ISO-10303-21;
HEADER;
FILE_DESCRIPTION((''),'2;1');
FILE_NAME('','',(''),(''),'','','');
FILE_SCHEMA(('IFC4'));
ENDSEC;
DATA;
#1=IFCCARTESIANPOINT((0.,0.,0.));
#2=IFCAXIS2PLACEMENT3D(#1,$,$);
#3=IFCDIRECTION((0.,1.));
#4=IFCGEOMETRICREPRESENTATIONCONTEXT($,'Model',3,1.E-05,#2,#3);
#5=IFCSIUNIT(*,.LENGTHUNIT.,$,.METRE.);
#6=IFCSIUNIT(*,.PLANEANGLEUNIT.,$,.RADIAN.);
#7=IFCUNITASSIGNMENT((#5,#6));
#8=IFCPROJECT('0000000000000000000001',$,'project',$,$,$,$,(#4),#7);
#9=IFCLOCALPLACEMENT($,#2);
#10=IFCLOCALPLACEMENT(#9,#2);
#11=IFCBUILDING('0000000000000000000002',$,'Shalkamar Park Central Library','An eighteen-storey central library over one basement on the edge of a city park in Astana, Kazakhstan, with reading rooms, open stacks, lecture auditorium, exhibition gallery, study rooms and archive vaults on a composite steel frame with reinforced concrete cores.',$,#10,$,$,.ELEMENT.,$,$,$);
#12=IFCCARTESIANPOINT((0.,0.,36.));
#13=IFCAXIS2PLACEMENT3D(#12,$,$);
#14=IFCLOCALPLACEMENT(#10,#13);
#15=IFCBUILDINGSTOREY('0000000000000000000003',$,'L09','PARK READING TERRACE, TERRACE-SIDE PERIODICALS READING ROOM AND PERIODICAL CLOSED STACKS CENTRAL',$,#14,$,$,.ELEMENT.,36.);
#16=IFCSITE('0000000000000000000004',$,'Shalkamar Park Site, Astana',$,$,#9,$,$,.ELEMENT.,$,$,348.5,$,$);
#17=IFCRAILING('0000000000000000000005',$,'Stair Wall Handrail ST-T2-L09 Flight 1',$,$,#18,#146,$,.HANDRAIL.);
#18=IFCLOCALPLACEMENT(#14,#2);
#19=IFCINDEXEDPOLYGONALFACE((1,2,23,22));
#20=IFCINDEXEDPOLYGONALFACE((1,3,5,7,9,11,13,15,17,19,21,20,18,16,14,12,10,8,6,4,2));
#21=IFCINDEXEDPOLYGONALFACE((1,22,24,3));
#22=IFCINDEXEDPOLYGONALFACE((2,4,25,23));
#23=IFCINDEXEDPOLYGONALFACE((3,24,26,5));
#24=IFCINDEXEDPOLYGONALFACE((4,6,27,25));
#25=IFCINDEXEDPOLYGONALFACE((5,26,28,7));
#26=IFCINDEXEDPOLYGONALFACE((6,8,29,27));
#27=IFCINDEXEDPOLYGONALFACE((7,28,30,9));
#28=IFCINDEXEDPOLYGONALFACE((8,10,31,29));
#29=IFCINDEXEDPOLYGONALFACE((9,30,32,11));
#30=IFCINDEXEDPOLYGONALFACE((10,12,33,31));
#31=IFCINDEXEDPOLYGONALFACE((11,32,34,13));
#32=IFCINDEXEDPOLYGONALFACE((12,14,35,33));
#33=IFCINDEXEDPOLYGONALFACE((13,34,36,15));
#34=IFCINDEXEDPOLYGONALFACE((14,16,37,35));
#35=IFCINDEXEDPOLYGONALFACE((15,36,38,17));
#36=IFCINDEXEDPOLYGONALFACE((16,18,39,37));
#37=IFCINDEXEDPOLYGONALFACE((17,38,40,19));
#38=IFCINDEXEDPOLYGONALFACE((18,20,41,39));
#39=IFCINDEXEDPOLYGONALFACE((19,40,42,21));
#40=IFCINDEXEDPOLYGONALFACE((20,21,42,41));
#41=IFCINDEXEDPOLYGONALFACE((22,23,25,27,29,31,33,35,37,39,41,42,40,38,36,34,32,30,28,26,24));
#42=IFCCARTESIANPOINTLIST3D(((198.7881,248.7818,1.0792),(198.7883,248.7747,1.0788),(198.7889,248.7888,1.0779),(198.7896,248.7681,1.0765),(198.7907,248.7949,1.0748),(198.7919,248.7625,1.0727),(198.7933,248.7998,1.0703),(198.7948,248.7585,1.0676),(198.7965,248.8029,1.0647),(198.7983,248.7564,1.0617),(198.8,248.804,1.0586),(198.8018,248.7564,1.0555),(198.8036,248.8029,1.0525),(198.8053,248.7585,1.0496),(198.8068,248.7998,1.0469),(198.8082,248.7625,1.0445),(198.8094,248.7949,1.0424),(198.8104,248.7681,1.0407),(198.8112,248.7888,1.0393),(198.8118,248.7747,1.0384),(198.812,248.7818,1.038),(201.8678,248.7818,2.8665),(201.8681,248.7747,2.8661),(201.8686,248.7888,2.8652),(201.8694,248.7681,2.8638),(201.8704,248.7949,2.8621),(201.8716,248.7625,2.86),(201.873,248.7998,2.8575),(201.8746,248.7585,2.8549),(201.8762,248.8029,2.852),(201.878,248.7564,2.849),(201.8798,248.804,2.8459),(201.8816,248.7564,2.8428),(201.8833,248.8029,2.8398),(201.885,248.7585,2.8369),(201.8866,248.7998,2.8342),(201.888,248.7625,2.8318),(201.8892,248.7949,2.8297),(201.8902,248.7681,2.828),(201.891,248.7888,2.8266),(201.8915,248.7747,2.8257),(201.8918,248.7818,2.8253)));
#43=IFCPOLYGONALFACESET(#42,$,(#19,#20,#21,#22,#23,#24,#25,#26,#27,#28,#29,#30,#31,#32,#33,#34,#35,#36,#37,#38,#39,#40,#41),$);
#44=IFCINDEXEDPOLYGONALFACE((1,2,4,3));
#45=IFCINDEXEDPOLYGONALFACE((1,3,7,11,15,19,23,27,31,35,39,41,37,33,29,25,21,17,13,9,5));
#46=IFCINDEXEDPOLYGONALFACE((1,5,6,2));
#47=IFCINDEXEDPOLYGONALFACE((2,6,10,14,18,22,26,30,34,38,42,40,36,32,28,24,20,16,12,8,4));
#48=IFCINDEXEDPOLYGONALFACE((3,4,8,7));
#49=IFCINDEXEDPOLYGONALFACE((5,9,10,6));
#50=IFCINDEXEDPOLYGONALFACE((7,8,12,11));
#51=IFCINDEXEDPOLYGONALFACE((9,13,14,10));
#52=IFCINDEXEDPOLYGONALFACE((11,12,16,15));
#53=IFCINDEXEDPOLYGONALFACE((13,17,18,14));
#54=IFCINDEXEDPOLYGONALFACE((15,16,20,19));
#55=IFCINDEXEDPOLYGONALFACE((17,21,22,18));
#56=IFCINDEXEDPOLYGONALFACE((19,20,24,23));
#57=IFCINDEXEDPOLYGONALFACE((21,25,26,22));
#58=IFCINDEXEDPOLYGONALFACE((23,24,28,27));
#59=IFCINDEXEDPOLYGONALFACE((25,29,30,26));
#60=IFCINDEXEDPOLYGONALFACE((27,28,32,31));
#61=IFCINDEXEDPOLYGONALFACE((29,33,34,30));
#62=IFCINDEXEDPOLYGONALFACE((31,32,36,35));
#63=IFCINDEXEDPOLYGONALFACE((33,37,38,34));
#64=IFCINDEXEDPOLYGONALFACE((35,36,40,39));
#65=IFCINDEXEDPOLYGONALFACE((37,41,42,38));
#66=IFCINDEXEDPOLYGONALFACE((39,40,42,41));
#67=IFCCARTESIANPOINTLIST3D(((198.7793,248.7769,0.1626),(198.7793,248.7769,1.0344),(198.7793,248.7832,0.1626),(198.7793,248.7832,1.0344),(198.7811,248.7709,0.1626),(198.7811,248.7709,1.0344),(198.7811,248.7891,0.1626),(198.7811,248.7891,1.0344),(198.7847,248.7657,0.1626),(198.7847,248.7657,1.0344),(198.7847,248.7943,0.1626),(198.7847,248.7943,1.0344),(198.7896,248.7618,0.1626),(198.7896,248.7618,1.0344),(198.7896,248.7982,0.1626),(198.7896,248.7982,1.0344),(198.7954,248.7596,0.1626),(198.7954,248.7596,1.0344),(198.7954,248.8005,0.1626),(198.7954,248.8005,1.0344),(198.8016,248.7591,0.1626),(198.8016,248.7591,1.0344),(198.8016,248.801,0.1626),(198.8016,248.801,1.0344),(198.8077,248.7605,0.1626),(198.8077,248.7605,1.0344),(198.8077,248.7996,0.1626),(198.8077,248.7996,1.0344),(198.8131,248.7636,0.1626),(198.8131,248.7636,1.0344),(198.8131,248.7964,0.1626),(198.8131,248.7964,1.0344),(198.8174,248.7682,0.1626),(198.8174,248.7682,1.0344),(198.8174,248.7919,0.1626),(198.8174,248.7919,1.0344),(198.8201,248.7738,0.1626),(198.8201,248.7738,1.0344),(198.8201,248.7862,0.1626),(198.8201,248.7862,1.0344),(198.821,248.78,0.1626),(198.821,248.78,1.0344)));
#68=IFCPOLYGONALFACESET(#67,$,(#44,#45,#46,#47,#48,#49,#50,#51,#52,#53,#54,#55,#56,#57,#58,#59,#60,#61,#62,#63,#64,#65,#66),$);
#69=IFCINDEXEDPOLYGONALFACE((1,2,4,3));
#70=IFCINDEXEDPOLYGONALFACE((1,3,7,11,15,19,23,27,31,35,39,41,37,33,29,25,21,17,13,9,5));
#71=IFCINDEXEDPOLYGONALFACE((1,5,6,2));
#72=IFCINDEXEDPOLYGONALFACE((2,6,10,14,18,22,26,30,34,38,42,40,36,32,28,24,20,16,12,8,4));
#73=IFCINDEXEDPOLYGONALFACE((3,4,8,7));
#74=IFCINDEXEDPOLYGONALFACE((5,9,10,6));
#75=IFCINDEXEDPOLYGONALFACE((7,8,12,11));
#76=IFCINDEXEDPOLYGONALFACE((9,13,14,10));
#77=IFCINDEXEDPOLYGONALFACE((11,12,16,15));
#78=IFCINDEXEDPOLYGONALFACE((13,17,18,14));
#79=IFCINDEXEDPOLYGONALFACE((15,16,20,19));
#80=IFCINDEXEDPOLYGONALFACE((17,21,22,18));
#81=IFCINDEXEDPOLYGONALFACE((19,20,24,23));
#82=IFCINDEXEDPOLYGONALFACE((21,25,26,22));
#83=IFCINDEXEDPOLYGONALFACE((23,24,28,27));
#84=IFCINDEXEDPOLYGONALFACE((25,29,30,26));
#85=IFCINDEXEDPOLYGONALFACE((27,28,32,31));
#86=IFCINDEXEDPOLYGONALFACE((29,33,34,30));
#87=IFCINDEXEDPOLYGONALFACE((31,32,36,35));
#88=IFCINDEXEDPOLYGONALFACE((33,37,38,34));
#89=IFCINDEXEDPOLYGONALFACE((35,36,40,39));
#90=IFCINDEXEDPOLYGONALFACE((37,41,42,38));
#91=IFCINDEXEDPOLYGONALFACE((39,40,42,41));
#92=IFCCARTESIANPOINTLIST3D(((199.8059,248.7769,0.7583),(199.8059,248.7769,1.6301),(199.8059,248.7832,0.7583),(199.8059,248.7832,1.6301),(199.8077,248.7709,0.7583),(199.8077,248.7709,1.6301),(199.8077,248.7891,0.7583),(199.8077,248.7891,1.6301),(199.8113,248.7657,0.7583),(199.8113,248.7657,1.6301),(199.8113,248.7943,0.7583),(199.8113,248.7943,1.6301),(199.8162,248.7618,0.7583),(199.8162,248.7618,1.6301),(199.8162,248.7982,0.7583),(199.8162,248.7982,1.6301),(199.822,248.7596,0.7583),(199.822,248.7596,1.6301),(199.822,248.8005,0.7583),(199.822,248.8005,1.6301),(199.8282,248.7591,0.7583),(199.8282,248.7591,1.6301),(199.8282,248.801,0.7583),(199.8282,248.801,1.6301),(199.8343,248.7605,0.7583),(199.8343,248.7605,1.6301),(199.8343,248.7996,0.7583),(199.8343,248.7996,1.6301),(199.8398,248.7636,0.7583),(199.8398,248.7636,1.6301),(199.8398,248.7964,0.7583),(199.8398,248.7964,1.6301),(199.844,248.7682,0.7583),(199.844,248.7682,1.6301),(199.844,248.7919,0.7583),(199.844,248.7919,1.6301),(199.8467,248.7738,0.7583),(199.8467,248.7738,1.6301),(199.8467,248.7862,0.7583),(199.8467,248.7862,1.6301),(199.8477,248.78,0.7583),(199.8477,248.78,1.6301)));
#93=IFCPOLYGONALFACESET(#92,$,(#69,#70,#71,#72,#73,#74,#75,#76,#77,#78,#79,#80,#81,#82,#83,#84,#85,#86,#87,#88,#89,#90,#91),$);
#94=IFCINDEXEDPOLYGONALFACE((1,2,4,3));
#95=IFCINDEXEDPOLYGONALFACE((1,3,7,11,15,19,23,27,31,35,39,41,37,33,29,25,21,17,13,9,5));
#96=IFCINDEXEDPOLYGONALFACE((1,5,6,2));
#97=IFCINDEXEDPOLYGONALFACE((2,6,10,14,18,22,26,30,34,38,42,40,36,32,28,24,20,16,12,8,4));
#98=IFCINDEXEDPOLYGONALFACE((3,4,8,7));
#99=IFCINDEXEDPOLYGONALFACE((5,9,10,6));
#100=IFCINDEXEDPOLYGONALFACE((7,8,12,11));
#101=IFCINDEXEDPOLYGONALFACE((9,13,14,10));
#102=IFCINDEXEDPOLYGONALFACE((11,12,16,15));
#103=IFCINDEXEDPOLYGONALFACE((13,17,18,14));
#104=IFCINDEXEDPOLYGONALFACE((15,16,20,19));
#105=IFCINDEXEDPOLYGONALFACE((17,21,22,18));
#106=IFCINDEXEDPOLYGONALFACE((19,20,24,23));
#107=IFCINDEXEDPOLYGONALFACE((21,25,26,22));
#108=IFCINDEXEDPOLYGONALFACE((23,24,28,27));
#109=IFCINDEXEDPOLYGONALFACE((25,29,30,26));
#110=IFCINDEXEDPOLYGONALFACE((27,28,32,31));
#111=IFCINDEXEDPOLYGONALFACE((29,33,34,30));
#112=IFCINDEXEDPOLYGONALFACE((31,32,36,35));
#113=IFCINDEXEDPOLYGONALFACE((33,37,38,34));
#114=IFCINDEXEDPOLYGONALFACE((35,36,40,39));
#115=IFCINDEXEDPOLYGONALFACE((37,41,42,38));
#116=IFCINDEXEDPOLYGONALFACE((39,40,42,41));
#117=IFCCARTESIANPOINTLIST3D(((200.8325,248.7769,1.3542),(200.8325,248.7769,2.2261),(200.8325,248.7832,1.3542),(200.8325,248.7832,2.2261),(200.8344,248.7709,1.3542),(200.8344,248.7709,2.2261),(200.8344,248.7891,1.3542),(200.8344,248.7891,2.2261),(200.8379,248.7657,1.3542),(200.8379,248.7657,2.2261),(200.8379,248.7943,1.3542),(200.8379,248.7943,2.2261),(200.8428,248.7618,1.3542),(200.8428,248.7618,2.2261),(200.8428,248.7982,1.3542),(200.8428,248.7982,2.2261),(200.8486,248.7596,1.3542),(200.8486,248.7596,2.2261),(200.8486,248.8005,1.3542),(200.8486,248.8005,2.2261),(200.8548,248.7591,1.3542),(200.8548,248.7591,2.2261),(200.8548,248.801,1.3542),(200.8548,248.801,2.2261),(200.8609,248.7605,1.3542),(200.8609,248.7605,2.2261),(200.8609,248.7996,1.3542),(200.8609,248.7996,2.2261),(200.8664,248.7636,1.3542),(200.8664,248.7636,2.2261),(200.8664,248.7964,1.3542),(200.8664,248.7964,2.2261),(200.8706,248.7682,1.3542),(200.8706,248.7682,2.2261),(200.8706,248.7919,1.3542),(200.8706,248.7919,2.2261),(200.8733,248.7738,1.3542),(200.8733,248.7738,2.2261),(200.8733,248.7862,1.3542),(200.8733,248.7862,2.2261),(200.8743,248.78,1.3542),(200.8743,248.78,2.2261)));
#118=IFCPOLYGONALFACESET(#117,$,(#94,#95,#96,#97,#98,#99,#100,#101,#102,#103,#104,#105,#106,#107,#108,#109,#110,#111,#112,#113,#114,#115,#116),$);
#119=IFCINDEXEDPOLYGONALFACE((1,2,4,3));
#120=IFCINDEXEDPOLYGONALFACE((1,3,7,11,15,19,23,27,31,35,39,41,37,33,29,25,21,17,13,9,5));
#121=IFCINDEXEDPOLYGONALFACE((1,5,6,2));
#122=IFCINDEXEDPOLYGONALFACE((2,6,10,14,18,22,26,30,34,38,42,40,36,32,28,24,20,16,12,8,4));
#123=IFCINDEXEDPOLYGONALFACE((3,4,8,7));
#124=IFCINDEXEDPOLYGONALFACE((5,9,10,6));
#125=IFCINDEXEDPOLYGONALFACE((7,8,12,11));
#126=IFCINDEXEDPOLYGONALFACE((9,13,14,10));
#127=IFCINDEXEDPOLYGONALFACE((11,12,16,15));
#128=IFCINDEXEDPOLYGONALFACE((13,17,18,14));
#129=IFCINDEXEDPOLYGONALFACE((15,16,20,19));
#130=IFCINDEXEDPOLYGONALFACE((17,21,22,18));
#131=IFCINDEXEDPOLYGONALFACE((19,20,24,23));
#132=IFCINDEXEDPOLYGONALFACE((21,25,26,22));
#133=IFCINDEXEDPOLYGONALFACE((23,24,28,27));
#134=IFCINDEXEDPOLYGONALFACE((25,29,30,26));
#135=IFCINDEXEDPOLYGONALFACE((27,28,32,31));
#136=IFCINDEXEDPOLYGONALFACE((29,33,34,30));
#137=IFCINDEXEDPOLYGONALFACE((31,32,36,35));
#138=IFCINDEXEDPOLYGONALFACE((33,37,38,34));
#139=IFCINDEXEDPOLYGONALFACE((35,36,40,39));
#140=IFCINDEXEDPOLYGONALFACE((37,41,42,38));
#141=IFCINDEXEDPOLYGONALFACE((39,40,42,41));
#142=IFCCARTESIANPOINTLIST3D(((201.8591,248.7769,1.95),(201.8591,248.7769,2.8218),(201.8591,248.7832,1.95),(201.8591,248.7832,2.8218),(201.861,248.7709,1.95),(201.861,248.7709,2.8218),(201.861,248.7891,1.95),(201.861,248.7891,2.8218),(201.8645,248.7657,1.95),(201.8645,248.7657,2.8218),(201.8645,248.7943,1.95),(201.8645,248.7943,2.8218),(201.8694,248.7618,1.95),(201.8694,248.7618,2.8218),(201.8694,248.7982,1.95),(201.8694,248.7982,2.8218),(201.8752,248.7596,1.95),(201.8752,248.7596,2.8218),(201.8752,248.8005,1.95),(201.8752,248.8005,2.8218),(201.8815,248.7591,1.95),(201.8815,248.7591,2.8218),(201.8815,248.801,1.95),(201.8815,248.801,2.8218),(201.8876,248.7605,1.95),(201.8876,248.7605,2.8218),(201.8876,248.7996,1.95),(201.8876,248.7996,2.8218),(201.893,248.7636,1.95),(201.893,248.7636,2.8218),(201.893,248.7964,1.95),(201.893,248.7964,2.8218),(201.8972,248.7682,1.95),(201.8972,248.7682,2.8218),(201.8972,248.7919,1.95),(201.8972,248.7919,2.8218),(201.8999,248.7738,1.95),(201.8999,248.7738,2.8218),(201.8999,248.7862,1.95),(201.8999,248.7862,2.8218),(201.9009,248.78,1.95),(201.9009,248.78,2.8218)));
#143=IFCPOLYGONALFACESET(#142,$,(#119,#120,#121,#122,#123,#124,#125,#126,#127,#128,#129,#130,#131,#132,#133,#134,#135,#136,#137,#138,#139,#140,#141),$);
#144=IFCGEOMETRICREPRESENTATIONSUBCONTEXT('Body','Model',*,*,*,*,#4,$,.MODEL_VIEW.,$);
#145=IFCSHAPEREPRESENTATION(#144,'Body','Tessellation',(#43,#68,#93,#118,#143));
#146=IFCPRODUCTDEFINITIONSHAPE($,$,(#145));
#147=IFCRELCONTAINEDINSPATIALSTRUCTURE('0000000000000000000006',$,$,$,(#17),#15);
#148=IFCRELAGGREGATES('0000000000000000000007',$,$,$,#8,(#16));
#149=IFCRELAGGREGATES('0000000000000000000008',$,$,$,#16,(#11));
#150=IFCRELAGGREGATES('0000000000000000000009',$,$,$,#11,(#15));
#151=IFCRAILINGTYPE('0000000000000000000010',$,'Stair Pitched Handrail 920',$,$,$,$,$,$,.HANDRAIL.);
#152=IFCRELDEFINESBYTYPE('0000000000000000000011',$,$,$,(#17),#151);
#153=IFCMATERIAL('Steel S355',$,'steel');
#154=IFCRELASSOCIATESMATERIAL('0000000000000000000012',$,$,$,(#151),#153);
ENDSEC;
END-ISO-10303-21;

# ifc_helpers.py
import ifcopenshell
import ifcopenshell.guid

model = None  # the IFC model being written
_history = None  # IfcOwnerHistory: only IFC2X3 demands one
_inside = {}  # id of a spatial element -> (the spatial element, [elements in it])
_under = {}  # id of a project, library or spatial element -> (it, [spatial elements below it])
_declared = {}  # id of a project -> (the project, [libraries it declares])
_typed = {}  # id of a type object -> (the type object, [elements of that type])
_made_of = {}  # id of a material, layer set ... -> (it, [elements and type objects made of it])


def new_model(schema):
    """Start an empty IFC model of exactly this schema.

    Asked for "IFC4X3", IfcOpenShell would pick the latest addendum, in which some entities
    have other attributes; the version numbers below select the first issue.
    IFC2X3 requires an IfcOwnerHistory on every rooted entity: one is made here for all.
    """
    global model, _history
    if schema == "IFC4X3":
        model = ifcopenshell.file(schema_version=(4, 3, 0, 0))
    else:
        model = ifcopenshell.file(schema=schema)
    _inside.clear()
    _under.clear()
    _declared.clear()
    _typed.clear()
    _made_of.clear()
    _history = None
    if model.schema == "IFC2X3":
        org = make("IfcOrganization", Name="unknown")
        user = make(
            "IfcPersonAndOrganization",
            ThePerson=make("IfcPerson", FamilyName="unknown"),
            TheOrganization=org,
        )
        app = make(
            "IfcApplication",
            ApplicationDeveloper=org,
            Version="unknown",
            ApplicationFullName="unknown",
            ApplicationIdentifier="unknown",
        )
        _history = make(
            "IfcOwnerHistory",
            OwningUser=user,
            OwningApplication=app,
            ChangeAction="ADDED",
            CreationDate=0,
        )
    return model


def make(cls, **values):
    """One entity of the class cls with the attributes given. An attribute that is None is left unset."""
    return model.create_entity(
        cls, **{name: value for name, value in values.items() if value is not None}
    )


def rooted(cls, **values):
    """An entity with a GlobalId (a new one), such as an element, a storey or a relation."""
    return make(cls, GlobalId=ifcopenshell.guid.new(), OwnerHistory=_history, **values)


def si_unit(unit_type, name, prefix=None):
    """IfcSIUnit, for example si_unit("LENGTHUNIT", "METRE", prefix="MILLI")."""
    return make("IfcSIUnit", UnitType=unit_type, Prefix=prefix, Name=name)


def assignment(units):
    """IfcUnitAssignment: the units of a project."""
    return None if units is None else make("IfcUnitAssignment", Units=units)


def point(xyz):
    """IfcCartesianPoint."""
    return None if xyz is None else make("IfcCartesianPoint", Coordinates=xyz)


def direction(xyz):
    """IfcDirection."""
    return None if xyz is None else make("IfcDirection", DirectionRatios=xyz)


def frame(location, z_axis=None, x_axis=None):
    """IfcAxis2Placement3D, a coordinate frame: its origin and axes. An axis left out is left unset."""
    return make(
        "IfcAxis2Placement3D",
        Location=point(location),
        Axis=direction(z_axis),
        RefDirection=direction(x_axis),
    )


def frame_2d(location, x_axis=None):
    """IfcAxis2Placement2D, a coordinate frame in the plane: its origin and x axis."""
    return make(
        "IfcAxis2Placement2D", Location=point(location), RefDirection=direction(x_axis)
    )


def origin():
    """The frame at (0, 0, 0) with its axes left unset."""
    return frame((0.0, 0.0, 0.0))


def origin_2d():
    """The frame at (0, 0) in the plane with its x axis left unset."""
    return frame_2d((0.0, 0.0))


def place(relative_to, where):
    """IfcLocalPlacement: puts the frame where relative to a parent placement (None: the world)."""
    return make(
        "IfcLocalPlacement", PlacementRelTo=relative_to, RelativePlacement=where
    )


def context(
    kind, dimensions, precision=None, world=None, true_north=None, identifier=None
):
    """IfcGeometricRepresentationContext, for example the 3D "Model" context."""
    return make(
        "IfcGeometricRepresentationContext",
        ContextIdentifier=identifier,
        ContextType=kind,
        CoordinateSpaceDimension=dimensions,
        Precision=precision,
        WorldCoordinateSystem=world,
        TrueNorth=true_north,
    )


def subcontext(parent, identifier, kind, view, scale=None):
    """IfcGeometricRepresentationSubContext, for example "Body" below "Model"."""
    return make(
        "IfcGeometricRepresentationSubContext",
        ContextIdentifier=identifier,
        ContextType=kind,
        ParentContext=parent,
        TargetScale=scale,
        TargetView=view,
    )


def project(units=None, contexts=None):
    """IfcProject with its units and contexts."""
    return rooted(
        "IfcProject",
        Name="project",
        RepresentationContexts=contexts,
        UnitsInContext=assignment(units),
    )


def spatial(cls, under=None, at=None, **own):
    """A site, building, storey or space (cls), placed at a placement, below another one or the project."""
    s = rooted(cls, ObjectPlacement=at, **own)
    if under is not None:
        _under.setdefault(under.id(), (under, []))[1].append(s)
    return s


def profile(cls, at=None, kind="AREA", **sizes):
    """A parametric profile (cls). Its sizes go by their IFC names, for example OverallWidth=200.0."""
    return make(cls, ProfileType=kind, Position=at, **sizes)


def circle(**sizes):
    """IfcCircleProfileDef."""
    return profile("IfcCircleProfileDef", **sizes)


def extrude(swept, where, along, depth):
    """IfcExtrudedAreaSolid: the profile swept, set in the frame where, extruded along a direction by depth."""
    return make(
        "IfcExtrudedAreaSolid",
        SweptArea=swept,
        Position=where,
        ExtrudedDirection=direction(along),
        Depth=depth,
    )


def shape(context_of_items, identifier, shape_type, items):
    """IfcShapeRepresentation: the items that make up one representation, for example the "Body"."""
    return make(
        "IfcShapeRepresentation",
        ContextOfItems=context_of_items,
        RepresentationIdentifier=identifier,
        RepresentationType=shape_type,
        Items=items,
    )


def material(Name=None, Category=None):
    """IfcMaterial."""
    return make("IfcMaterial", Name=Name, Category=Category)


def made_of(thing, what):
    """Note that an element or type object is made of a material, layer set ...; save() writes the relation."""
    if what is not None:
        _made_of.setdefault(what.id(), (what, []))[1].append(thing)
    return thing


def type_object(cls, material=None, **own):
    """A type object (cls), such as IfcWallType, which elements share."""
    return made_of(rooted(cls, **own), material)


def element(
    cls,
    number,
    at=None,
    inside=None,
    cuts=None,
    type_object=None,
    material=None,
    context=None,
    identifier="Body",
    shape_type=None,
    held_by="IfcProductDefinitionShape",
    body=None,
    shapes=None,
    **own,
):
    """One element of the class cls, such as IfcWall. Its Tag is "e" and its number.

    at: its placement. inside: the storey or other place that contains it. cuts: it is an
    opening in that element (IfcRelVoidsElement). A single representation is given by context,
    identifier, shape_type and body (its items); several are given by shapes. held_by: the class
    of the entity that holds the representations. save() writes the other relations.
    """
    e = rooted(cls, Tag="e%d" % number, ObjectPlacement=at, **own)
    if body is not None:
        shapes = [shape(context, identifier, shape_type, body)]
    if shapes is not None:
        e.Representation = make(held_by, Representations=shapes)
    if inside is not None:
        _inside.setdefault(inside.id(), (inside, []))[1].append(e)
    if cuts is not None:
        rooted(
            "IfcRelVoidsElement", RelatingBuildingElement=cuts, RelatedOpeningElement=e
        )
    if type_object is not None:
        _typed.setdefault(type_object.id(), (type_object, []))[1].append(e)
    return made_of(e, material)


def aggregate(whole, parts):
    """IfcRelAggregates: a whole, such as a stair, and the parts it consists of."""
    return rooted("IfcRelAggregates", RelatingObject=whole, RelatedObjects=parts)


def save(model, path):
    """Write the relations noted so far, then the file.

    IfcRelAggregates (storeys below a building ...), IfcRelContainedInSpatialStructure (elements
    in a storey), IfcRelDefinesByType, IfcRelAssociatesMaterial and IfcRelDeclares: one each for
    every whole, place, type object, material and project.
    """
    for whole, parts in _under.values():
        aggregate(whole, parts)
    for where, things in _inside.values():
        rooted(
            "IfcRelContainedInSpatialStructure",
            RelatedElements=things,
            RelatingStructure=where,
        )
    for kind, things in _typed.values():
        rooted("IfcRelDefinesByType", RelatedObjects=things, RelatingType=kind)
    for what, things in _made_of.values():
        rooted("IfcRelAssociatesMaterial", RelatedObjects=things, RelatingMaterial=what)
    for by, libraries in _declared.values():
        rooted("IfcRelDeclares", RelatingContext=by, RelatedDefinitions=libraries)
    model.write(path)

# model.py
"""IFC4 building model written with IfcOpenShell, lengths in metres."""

from ifc_helpers import new_model, si_unit, direction, frame, origin, origin_2d, place, context, subcontext, project, spatial, circle, extrude, material, type_object, element, save


model = new_model("IFC4")

# Units and contexts
model_context = context("Model", 3, precision=1e-05, world=origin(), true_north=direction((0.0, 1.0)))
body_context = subcontext(model_context, "Body", "Model", "MODEL_VIEW")
ifc_project = project(units=[si_unit("LENGTHUNIT", "METRE"), si_unit("PLANEANGLEUNIT", "RADIAN")], contexts=[model_context])

# Site, building, storey
site_placement = place(None, origin())
site = spatial("IfcSite", under=ifc_project, at=site_placement, Name="Shalkamar Park Site, Astana", CompositionType="ELEMENT", RefElevation=348.5)
building_placement = place(site_placement, origin())
building = spatial("IfcBuilding", under=site, at=building_placement, Name="Shalkamar Park Central Library", Description="An eighteen-storey central library over one basement on the edge of a city park in Astana, Kazakhstan, with reading rooms, open stacks, lecture auditorium, exhibition gallery, study rooms and archive vaults on a composite steel frame with reinforced concrete cores.", CompositionType="ELEMENT")
storey_placement = place(building_placement, frame((0.0, 0.0, 36.0)))
storey = spatial("IfcBuildingStorey", under=building, at=storey_placement, Name="L09", Description="PARK READING TERRACE, TERRACE-SIDE PERIODICALS READING ROOM AND PERIODICAL CLOSED STACKS CENTRAL", CompositionType="ELEMENT", Elevation=36.0)

# Shared definitions
ifc_material_1 = material(Name="Steel S355", Category="steel")

# Railing
railing_type_1 = type_object("IfcRailingType", Name="Stair Pitched Handrail 920", PredefinedType="HANDRAIL", material=ifc_material_1)
railing_1_placement = place(storey_placement, frame((198.8, 248.78, 0.1626)))
element("IfcRailing", 1, at=railing_1_placement, inside=storey, type_object=railing_type_1, Name="Stair Wall Handrail ST-T2-L09 Flight 1", PredefinedType="HANDRAIL", context=body_context, shape_type="SweptSolid", body=[
    extrude(circle(Radius=0.0239, at=origin_2d()), frame((0.0, 0.0, 0.896), z_axis=(0.864903, 0.0, 0.501939), x_axis=(0.0, 1.0, 0.0)), (0.0, 0.0, 1.0), 3.5608),
    extrude(circle(Radius=0.021, at=origin_2d()), origin(), (0.0, 0.0, 1.0), 0.8718),
    extrude(circle(Radius=0.021, at=origin_2d()), frame((1.0266, 0.0, 0.5957)), (0.0, 0.0, 1.0), 0.8718),
    extrude(circle(Radius=0.021, at=origin_2d()), frame((2.0532, 0.0, 1.1917)), (0.0, 0.0, 1.0), 0.8718),
    extrude(circle(Radius=0.021, at=origin_2d()), frame((3.0798, 0.0, 1.7874)), (0.0, 0.0, 1.0), 0.8718),
])

save(model, "model.ifc")
